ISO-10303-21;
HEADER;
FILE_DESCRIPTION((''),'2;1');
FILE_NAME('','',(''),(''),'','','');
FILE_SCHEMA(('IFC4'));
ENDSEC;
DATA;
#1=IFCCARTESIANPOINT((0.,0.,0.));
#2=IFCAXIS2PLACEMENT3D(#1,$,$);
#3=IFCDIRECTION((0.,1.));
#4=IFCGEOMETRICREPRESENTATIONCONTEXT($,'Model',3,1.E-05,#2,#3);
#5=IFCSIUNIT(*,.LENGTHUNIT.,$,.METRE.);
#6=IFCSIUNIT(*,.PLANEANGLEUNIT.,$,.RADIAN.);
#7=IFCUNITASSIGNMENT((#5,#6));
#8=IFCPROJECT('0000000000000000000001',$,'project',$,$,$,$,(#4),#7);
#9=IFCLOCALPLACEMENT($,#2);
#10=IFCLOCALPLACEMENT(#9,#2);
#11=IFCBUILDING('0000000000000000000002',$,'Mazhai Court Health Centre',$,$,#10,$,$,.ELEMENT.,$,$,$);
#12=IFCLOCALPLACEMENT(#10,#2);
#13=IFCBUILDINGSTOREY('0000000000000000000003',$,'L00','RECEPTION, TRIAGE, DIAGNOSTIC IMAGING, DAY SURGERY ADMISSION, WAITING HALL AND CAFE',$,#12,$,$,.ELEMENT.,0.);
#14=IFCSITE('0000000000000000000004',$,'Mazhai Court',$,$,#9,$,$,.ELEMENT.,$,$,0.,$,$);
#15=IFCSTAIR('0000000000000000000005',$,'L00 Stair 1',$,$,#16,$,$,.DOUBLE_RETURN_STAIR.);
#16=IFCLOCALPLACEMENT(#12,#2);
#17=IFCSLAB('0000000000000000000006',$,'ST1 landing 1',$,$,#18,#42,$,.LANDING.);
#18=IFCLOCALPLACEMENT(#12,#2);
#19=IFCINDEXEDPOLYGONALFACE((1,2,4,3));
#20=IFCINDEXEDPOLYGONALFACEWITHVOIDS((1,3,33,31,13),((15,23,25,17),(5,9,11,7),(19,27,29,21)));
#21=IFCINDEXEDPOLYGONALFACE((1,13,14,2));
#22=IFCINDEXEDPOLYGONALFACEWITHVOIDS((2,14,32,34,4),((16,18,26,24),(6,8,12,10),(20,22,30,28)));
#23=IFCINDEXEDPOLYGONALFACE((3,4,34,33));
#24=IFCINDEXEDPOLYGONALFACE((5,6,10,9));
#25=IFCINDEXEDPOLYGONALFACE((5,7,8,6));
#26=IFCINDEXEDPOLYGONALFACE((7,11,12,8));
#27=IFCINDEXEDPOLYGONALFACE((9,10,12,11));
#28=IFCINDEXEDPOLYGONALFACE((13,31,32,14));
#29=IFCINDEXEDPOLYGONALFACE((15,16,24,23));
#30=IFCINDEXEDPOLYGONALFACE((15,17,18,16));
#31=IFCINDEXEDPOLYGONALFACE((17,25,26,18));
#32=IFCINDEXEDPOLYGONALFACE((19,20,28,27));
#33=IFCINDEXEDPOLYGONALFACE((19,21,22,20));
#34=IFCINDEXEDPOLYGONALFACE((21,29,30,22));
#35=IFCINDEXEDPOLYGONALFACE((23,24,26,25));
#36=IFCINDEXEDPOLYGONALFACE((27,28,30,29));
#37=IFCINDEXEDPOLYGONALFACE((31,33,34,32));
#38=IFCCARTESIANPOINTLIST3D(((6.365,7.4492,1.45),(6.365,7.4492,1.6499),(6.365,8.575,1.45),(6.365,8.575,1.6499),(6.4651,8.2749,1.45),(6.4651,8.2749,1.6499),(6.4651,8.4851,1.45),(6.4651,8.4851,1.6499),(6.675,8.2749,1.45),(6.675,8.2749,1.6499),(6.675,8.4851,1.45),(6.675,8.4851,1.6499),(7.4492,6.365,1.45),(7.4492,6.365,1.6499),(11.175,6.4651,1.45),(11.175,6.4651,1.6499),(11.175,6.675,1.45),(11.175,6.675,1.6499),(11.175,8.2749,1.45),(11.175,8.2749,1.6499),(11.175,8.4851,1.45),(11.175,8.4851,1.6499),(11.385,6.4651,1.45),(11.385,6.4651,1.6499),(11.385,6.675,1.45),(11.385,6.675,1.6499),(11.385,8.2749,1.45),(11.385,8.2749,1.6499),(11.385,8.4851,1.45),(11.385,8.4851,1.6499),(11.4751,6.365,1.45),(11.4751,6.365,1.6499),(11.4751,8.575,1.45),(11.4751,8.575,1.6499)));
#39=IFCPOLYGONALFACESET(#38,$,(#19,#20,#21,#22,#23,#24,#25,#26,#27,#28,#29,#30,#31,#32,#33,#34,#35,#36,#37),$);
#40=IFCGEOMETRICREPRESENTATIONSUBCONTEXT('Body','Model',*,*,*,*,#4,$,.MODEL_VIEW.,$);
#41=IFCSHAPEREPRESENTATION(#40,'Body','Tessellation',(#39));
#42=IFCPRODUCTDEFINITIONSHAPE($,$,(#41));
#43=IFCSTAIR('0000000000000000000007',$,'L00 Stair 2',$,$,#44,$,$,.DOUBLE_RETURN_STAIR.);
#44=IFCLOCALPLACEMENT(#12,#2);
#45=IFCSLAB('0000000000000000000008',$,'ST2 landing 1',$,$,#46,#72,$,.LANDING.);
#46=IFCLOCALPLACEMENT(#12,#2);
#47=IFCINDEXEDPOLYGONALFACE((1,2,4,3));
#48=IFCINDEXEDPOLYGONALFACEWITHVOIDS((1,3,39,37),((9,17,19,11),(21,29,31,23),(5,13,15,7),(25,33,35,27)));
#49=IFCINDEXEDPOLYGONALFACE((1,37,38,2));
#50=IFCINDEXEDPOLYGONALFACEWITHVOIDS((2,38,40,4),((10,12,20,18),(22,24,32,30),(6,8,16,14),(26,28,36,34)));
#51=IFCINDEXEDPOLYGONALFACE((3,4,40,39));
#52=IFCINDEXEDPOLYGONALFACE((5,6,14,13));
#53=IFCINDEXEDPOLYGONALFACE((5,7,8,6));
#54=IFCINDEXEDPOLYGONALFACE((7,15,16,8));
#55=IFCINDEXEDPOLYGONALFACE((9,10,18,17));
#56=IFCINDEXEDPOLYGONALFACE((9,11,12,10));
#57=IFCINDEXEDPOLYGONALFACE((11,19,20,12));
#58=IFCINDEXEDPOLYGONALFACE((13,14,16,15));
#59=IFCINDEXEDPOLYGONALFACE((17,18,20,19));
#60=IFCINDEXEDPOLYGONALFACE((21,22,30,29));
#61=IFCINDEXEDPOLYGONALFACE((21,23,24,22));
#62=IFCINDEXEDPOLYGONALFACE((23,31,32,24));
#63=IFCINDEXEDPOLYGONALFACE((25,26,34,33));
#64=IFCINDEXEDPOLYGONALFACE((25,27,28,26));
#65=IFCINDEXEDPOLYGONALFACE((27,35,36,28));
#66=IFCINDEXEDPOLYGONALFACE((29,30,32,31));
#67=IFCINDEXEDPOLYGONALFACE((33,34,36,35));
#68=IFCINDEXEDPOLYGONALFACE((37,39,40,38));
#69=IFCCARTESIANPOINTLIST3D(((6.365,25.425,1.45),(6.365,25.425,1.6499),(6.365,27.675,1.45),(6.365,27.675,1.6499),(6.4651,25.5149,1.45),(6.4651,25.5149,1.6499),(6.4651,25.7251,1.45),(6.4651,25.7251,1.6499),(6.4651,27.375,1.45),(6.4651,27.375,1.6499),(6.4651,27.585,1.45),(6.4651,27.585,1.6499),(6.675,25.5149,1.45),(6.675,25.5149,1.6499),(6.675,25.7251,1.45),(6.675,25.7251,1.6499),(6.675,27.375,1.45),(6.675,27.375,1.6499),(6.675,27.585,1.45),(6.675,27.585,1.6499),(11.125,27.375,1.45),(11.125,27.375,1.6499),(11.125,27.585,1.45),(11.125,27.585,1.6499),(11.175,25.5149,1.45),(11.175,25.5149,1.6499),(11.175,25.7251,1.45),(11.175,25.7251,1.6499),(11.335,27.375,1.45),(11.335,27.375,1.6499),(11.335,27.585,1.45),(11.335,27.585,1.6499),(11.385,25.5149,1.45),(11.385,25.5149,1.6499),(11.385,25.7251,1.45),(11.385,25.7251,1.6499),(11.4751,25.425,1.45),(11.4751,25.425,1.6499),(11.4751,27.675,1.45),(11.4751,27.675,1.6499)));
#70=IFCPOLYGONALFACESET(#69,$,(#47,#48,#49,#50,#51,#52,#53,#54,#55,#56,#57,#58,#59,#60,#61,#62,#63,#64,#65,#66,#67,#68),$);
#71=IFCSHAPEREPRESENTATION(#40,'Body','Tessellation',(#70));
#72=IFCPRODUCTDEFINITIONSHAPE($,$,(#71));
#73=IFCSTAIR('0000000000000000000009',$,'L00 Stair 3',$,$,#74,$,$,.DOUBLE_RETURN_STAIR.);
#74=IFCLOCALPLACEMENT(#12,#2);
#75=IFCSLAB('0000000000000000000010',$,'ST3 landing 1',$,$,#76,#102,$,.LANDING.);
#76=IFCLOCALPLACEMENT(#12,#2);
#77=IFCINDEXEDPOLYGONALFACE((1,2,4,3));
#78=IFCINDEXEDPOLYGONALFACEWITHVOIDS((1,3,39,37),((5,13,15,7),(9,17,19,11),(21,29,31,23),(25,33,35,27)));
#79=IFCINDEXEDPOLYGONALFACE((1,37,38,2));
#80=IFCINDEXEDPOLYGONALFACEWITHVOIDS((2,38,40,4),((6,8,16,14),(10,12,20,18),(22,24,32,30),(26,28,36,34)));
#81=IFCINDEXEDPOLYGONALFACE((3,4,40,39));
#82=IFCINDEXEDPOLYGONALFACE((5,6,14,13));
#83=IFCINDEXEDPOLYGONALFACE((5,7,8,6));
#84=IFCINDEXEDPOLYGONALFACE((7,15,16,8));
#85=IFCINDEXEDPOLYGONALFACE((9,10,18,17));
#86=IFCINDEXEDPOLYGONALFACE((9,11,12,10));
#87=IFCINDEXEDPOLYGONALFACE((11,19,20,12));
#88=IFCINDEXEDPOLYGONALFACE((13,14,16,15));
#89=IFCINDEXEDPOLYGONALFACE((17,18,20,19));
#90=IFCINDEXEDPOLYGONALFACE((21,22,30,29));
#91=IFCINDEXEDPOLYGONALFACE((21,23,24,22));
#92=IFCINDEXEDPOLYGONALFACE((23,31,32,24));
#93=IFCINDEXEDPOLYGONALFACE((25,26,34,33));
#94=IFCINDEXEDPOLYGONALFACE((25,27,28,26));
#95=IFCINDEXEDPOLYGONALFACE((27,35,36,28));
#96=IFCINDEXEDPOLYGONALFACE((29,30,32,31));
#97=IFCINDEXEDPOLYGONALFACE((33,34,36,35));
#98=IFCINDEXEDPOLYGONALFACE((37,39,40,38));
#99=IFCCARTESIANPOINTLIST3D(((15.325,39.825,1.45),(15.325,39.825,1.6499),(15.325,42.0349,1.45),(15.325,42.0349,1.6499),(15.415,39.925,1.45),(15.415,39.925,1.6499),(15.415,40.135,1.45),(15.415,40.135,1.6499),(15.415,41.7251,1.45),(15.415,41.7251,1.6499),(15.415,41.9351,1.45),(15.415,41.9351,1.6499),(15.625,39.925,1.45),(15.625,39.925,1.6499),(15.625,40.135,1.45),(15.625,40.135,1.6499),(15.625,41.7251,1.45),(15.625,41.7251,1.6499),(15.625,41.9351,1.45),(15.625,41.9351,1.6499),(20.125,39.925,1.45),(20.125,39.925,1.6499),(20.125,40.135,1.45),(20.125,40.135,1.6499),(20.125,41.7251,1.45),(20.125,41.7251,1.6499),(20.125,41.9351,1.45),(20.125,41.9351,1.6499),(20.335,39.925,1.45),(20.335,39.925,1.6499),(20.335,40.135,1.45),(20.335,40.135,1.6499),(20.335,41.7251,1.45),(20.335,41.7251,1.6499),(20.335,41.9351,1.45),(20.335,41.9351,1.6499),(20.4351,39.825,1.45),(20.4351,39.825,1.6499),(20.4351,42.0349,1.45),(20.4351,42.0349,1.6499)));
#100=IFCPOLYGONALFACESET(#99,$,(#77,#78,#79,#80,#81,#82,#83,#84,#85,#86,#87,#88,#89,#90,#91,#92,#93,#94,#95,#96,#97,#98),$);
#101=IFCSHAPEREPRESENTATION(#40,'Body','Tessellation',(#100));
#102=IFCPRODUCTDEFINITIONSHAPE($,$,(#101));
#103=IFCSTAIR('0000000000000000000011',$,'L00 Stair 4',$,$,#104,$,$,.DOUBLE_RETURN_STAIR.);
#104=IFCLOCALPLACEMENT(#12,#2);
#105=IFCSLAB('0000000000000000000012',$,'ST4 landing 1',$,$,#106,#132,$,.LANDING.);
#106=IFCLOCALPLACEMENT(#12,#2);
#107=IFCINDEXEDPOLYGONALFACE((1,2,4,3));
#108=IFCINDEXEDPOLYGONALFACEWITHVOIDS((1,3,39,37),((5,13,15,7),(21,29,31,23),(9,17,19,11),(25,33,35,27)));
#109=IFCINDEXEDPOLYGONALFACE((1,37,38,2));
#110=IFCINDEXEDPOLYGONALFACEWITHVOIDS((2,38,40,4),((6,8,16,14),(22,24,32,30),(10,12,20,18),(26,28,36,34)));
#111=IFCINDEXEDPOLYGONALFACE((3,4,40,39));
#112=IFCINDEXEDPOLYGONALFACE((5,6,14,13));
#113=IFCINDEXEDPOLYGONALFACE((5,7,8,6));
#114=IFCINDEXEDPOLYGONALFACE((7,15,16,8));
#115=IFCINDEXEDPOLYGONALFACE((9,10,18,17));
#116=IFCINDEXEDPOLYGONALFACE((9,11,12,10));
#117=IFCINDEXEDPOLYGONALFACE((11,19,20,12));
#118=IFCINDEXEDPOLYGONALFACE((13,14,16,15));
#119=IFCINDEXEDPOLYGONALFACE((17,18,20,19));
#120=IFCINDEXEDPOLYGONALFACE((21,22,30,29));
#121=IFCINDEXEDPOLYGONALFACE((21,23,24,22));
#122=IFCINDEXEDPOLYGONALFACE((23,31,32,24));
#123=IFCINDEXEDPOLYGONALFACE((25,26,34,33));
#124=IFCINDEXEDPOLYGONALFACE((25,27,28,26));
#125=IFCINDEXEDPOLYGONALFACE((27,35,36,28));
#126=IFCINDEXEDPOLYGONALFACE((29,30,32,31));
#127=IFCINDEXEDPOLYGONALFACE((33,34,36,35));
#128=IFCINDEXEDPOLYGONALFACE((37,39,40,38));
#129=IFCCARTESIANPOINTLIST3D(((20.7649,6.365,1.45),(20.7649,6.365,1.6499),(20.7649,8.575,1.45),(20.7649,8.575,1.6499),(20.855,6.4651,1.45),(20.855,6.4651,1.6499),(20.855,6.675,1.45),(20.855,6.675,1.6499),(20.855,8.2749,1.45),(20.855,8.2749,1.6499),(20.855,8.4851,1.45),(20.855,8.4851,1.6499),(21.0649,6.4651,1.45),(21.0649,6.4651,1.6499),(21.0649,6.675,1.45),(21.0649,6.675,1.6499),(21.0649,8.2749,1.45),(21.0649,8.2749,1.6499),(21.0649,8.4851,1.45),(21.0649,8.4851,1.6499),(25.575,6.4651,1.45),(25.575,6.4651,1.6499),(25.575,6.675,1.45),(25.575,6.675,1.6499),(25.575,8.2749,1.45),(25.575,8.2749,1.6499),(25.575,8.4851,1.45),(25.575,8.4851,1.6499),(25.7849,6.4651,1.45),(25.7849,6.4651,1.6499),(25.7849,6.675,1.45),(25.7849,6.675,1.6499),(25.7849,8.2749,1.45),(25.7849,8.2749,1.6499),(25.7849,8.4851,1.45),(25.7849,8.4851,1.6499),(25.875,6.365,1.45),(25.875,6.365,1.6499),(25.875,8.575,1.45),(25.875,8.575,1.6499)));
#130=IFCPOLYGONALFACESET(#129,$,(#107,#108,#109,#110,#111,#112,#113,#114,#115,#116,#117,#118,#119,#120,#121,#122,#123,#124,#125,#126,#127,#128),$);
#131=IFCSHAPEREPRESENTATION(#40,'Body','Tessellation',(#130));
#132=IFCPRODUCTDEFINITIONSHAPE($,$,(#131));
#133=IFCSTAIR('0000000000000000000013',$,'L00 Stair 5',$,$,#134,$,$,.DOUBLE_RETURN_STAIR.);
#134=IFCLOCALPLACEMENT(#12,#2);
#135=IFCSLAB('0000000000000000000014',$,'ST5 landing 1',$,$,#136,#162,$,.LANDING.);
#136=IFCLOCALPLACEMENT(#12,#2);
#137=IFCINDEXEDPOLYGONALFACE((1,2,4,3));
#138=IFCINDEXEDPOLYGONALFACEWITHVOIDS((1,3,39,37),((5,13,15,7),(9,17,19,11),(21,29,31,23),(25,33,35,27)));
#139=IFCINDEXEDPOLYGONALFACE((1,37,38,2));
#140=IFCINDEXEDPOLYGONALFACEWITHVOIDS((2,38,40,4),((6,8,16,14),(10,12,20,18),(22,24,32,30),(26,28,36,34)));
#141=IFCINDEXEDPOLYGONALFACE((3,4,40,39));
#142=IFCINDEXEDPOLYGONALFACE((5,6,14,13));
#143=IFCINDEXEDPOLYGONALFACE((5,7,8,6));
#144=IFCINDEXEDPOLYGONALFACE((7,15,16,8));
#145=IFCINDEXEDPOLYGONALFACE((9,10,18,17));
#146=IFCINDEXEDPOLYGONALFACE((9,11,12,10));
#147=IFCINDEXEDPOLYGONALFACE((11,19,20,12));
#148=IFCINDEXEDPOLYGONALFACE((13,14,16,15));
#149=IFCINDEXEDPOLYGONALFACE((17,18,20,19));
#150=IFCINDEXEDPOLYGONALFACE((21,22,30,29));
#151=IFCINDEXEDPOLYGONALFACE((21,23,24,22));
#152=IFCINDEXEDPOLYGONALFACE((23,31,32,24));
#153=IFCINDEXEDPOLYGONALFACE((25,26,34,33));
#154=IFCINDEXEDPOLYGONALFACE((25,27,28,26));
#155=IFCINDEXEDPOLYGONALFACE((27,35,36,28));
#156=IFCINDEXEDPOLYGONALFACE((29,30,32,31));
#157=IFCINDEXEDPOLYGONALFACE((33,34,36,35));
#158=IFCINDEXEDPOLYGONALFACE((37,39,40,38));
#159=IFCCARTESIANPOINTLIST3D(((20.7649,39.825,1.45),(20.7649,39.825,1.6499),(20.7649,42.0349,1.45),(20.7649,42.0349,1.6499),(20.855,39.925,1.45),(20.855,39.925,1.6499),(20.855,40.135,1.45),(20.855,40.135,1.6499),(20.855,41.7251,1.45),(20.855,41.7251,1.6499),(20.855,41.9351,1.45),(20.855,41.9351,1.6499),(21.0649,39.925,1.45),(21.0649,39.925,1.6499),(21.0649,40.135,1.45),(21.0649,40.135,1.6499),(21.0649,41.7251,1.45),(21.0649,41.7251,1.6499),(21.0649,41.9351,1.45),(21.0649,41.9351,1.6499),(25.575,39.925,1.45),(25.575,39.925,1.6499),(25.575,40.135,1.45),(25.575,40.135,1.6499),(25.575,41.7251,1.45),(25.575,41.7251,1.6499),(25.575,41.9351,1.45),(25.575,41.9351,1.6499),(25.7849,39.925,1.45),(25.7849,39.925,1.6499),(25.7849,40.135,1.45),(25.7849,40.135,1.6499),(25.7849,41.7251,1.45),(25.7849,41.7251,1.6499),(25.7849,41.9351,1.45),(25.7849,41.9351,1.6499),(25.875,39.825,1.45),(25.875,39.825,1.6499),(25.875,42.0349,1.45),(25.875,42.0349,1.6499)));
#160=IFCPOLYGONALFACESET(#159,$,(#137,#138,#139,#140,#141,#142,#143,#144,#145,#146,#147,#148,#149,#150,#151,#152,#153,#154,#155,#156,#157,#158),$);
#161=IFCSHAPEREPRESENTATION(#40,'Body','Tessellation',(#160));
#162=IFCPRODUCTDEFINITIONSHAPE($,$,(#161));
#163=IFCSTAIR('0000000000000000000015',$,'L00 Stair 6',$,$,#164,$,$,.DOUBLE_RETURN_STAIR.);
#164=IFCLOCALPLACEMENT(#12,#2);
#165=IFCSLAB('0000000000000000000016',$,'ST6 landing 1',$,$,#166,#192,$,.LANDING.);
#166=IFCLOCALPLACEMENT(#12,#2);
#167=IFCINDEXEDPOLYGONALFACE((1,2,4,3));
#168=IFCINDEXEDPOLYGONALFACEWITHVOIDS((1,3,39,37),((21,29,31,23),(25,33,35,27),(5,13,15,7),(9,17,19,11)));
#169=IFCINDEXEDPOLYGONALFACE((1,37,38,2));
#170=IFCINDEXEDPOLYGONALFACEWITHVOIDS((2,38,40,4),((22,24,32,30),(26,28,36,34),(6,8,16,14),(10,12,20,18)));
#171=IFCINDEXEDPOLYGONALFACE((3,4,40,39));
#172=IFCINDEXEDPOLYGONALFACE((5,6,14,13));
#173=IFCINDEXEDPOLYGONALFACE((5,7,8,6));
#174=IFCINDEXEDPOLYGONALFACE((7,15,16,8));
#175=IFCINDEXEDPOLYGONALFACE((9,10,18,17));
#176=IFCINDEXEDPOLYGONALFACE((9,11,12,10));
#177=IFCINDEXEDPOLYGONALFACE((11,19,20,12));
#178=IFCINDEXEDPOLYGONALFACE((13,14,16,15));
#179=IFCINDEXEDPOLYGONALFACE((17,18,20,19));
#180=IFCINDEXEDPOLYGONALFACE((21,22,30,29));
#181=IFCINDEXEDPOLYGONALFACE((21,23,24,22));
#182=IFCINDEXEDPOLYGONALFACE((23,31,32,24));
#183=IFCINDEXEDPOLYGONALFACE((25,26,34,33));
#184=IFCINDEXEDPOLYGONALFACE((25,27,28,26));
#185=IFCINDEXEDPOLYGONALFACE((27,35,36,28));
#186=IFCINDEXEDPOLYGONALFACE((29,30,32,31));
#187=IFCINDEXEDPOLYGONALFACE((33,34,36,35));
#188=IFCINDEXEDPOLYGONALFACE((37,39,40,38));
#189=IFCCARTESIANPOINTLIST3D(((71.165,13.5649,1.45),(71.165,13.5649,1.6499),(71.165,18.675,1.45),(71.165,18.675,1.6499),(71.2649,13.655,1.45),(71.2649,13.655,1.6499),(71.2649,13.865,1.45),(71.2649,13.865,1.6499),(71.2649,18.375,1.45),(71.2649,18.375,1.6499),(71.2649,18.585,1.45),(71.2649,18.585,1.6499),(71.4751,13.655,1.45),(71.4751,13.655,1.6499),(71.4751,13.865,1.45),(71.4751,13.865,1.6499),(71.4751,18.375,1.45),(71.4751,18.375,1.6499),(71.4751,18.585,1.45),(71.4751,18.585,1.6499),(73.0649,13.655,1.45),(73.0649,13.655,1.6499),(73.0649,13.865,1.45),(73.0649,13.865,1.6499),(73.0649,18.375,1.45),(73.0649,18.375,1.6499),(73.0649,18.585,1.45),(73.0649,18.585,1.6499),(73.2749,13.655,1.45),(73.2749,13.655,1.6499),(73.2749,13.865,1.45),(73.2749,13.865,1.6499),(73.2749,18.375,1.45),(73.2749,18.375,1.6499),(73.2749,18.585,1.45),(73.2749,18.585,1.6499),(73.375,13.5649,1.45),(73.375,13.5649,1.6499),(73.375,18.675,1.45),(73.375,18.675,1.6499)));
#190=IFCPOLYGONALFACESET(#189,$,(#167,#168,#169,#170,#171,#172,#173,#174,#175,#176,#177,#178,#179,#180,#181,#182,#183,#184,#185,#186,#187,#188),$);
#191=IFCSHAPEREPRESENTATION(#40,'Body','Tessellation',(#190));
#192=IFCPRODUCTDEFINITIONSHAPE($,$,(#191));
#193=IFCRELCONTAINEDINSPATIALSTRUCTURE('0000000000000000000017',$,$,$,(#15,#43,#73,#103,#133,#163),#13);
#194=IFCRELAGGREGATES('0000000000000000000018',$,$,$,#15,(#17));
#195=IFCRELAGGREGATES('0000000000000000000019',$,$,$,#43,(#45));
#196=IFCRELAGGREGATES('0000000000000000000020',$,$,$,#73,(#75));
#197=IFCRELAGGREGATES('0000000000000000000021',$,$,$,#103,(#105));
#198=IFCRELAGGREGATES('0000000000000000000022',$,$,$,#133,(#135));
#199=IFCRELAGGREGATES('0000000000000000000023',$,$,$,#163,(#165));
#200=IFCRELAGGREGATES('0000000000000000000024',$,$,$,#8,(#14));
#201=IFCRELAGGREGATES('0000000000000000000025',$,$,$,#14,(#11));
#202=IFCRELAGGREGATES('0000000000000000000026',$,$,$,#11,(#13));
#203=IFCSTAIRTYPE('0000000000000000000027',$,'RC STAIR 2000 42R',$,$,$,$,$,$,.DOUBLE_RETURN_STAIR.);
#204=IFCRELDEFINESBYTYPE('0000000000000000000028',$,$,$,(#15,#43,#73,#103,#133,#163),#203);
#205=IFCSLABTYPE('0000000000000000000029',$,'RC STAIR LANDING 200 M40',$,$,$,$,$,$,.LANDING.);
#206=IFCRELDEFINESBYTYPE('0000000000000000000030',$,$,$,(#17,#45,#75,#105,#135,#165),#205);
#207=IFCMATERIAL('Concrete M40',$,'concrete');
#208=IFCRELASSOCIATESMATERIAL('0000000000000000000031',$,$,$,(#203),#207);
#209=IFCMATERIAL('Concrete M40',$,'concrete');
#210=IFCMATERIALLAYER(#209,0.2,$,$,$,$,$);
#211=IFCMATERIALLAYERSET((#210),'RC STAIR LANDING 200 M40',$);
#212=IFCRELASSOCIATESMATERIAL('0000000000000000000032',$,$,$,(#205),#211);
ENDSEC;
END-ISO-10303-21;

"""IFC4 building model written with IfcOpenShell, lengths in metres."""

from ifc_helpers import new_model, si_unit, direction, frame, origin, place, context, subcontext, project, spatial, polyline, outline, extrude, material, layer, layer_set, type_object, element, aggregate, save


model = new_model("IFC4")

# Units and contexts
model_context = context("Model", 3, precision=1e-05, world=origin(), true_north=direction((0.0, 1.0)))
body_context = subcontext(model_context, "Body", "Model", "MODEL_VIEW")
ifc_project = project(units=[si_unit("LENGTHUNIT", "METRE"), si_unit("PLANEANGLEUNIT", "RADIAN")], contexts=[model_context])

# Site, building, storey
site_placement = place(None, origin())
site = spatial("IfcSite", under=ifc_project, at=site_placement, Name="Mazhai Court", CompositionType="ELEMENT", RefElevation=0.0)
building_placement = place(site_placement, origin())
building = spatial("IfcBuilding", under=site, at=building_placement, Name="Mazhai Court Health Centre", CompositionType="ELEMENT")
storey_placement = place(building_placement, origin())
storey = spatial("IfcBuildingStorey", under=building, at=storey_placement, Name="L00", Description="RECEPTION, TRIAGE, DIAGNOSTIC IMAGING, DAY SURGERY ADMISSION, WAITING HALL AND CAFE", CompositionType="ELEMENT", Elevation=0.0)

# Stairs, slabs
ifc_material_1 = material(Name="Concrete M40", Category="concrete")
stair_type_1 = type_object("IfcStairType", Name="RC STAIR 2000 42R", PredefinedType="DOUBLE_RETURN_STAIR", material=ifc_material_1)
stair_1_placement = place(storey_placement, origin())
stair_1 = element("IfcStair", 1, at=stair_1_placement, inside=storey, type_object=stair_type_1, Name="L00 Stair 1", PredefinedType="DOUBLE_RETURN_STAIR")
ifc_material_2 = material(Name="Concrete M40", Category="concrete")
ifc_layer_1 = layer(ifc_material_2, 0.2)
ifc_layer_set_1 = layer_set([ifc_layer_1], Name="RC STAIR LANDING 200 M40")
slab_type = type_object("IfcSlabType", Name="RC STAIR LANDING 200 M40", PredefinedType="LANDING", material=ifc_layer_set_1)
slab_1_placement = place(storey_placement, frame((0.0, 0.0, 1.45)))
slab_1 = element("IfcSlab", 2, at=slab_1_placement, type_object=slab_type, Name="ST1 landing 1", PredefinedType="LANDING", context=body_context, shape_type="SweptSolid", body=[
    extrude(outline(polyline([(6.365, 8.575), (11.4751, 8.575), (11.4751, 6.365), (7.4492, 6.365), (6.365, 7.4492), (6.365, 8.575)]), holes=[polyline([(6.4651, 8.2749), (6.675, 8.2749), (6.675, 8.4851), (6.4651, 8.4851), (6.4651, 8.2749)]), polyline([(11.175, 6.4651), (11.385, 6.4651), (11.385, 6.675), (11.175, 6.675), (11.175, 6.4651)]), polyline([(11.175, 8.2749), (11.385, 8.2749), (11.385, 8.4851), (11.175, 8.4851), (11.175, 8.2749)])]), origin(), (0.0, 0.0, 1.0), 0.2),
])
aggregate(stair_1, [slab_1])
stair_2_placement = place(storey_placement, origin())
stair_2 = element("IfcStair", 3, at=stair_2_placement, inside=storey, type_object=stair_type_1, Name="L00 Stair 2", PredefinedType="DOUBLE_RETURN_STAIR")
slab_2_placement = place(storey_placement, frame((0.0, 0.0, 1.45)))
slab_2 = element("IfcSlab", 4, at=slab_2_placement, type_object=slab_type, Name="ST2 landing 1", PredefinedType="LANDING", context=body_context, shape_type="SweptSolid", body=[
    extrude(outline(polyline([(11.4751, 25.425), (11.4751, 27.675), (6.365, 27.675), (6.365, 25.425), (11.4751, 25.425)]), holes=[polyline([(6.4651, 25.5149), (6.675, 25.5149), (6.675, 25.7251), (6.4651, 25.7251), (6.4651, 25.5149)]), polyline([(6.4651, 27.375), (6.675, 27.375), (6.675, 27.585), (6.4651, 27.585), (6.4651, 27.375)]), polyline([(11.175, 25.5149), (11.385, 25.5149), (11.385, 25.7251), (11.175, 25.7251), (11.175, 25.5149)]), polyline([(11.125, 27.375), (11.335, 27.375), (11.335, 27.585), (11.125, 27.585), (11.125, 27.375)])]), origin(), (0.0, 0.0, 1.0), 0.2),
])
aggregate(stair_2, [slab_2])
stair_3_placement = place(storey_placement, origin())
stair_3 = element("IfcStair", 5, at=stair_3_placement, inside=storey, type_object=stair_type_1, Name="L00 Stair 3", PredefinedType="DOUBLE_RETURN_STAIR")
slab_3_placement = place(storey_placement, frame((0.0, 0.0, 1.45)))
slab_3 = element("IfcSlab", 6, at=slab_3_placement, type_object=slab_type, Name="ST3 landing 1", PredefinedType="LANDING", context=body_context, shape_type="SweptSolid", body=[
    extrude(outline(polyline([(20.4351, 39.825), (20.4351, 42.0349), (15.325, 42.0349), (15.325, 39.825), (20.4351, 39.825)]), holes=[polyline([(15.415, 39.925), (15.625, 39.925), (15.625, 40.135), (15.415, 40.135), (15.415, 39.925)]), polyline([(15.415, 41.7251), (15.625, 41.7251), (15.625, 41.9351), (15.415, 41.9351), (15.415, 41.7251)]), polyline([(20.125, 39.925), (20.335, 39.925), (20.335, 40.135), (20.125, 40.135), (20.125, 39.925)]), polyline([(20.125, 41.7251), (20.335, 41.7251), (20.335, 41.9351), (20.125, 41.9351), (20.125, 41.7251)])]), origin(), (0.0, 0.0, 1.0), 0.2),
])
aggregate(stair_3, [slab_3])
stair_4_placement = place(storey_placement, origin())
stair_4 = element("IfcStair", 7, at=stair_4_placement, inside=storey, type_object=stair_type_1, Name="L00 Stair 4", PredefinedType="DOUBLE_RETURN_STAIR")
slab_4_placement = place(storey_placement, frame((0.0, 0.0, 1.45)))
slab_4 = element("IfcSlab", 8, at=slab_4_placement, type_object=slab_type, Name="ST4 landing 1", PredefinedType="LANDING", context=body_context, shape_type="SweptSolid", body=[
    extrude(outline(polyline([(20.7649, 8.575), (20.7649, 6.365), (25.875, 6.365), (25.875, 8.575), (20.7649, 8.575)]), holes=[polyline([(20.855, 6.4651), (21.0649, 6.4651), (21.0649, 6.675), (20.855, 6.675), (20.855, 6.4651)]), polyline([(20.855, 8.2749), (21.0649, 8.2749), (21.0649, 8.4851), (20.855, 8.4851), (20.855, 8.2749)]), polyline([(25.575, 6.4651), (25.7849, 6.4651), (25.7849, 6.675), (25.575, 6.675), (25.575, 6.4651)]), polyline([(25.575, 8.2749), (25.7849, 8.2749), (25.7849, 8.4851), (25.575, 8.4851), (25.575, 8.2749)])]), origin(), (0.0, 0.0, 1.0), 0.2),
])
aggregate(stair_4, [slab_4])
stair_5_placement = place(storey_placement, origin())
stair_5 = element("IfcStair", 9, at=stair_5_placement, inside=storey, type_object=stair_type_1, Name="L00 Stair 5", PredefinedType="DOUBLE_RETURN_STAIR")
slab_5_placement = place(storey_placement, frame((0.0, 0.0, 1.45)))
slab_5 = element("IfcSlab", 10, at=slab_5_placement, type_object=slab_type, Name="ST5 landing 1", PredefinedType="LANDING", context=body_context, shape_type="SweptSolid", body=[
    extrude(outline(polyline([(25.875, 39.825), (25.875, 42.0349), (20.7649, 42.0349), (20.7649, 39.825), (25.875, 39.825)]), holes=[polyline([(20.855, 39.925), (21.0649, 39.925), (21.0649, 40.135), (20.855, 40.135), (20.855, 39.925)]), polyline([(20.855, 41.7251), (21.0649, 41.7251), (21.0649, 41.9351), (20.855, 41.9351), (20.855, 41.7251)]), polyline([(25.575, 39.925), (25.7849, 39.925), (25.7849, 40.135), (25.575, 40.135), (25.575, 39.925)]), polyline([(25.575, 41.7251), (25.7849, 41.7251), (25.7849, 41.9351), (25.575, 41.9351), (25.575, 41.7251)])]), origin(), (0.0, 0.0, 1.0), 0.2),
])
aggregate(stair_5, [slab_5])
stair_6_placement = place(storey_placement, origin())
stair_6 = element("IfcStair", 11, at=stair_6_placement, inside=storey, type_object=stair_type_1, Name="L00 Stair 6", PredefinedType="DOUBLE_RETURN_STAIR")
slab_6_placement = place(storey_placement, frame((0.0, 0.0, 1.45)))
slab_6 = element("IfcSlab", 12, at=slab_6_placement, type_object=slab_type, Name="ST6 landing 1", PredefinedType="LANDING", context=body_context, shape_type="SweptSolid", body=[
    extrude(outline(polyline([(73.375, 18.675), (71.165, 18.675), (71.165, 13.5649), (73.375, 13.5649), (73.375, 18.675)]), holes=[polyline([(71.2649, 13.655), (71.4751, 13.655), (71.4751, 13.865), (71.2649, 13.865), (71.2649, 13.655)]), polyline([(71.2649, 18.375), (71.4751, 18.375), (71.4751, 18.585), (71.2649, 18.585), (71.2649, 18.375)]), polyline([(73.0649, 13.655), (73.2749, 13.655), (73.2749, 13.865), (73.0649, 13.865), (73.0649, 13.655)]), polyline([(73.0649, 18.375), (73.2749, 18.375), (73.2749, 18.585), (73.0649, 18.585), (73.0649, 18.375)])]), origin(), (0.0, 0.0, 1.0), 0.2),
])
aggregate(stair_6, [slab_6])

save(model, "model.ifc")
